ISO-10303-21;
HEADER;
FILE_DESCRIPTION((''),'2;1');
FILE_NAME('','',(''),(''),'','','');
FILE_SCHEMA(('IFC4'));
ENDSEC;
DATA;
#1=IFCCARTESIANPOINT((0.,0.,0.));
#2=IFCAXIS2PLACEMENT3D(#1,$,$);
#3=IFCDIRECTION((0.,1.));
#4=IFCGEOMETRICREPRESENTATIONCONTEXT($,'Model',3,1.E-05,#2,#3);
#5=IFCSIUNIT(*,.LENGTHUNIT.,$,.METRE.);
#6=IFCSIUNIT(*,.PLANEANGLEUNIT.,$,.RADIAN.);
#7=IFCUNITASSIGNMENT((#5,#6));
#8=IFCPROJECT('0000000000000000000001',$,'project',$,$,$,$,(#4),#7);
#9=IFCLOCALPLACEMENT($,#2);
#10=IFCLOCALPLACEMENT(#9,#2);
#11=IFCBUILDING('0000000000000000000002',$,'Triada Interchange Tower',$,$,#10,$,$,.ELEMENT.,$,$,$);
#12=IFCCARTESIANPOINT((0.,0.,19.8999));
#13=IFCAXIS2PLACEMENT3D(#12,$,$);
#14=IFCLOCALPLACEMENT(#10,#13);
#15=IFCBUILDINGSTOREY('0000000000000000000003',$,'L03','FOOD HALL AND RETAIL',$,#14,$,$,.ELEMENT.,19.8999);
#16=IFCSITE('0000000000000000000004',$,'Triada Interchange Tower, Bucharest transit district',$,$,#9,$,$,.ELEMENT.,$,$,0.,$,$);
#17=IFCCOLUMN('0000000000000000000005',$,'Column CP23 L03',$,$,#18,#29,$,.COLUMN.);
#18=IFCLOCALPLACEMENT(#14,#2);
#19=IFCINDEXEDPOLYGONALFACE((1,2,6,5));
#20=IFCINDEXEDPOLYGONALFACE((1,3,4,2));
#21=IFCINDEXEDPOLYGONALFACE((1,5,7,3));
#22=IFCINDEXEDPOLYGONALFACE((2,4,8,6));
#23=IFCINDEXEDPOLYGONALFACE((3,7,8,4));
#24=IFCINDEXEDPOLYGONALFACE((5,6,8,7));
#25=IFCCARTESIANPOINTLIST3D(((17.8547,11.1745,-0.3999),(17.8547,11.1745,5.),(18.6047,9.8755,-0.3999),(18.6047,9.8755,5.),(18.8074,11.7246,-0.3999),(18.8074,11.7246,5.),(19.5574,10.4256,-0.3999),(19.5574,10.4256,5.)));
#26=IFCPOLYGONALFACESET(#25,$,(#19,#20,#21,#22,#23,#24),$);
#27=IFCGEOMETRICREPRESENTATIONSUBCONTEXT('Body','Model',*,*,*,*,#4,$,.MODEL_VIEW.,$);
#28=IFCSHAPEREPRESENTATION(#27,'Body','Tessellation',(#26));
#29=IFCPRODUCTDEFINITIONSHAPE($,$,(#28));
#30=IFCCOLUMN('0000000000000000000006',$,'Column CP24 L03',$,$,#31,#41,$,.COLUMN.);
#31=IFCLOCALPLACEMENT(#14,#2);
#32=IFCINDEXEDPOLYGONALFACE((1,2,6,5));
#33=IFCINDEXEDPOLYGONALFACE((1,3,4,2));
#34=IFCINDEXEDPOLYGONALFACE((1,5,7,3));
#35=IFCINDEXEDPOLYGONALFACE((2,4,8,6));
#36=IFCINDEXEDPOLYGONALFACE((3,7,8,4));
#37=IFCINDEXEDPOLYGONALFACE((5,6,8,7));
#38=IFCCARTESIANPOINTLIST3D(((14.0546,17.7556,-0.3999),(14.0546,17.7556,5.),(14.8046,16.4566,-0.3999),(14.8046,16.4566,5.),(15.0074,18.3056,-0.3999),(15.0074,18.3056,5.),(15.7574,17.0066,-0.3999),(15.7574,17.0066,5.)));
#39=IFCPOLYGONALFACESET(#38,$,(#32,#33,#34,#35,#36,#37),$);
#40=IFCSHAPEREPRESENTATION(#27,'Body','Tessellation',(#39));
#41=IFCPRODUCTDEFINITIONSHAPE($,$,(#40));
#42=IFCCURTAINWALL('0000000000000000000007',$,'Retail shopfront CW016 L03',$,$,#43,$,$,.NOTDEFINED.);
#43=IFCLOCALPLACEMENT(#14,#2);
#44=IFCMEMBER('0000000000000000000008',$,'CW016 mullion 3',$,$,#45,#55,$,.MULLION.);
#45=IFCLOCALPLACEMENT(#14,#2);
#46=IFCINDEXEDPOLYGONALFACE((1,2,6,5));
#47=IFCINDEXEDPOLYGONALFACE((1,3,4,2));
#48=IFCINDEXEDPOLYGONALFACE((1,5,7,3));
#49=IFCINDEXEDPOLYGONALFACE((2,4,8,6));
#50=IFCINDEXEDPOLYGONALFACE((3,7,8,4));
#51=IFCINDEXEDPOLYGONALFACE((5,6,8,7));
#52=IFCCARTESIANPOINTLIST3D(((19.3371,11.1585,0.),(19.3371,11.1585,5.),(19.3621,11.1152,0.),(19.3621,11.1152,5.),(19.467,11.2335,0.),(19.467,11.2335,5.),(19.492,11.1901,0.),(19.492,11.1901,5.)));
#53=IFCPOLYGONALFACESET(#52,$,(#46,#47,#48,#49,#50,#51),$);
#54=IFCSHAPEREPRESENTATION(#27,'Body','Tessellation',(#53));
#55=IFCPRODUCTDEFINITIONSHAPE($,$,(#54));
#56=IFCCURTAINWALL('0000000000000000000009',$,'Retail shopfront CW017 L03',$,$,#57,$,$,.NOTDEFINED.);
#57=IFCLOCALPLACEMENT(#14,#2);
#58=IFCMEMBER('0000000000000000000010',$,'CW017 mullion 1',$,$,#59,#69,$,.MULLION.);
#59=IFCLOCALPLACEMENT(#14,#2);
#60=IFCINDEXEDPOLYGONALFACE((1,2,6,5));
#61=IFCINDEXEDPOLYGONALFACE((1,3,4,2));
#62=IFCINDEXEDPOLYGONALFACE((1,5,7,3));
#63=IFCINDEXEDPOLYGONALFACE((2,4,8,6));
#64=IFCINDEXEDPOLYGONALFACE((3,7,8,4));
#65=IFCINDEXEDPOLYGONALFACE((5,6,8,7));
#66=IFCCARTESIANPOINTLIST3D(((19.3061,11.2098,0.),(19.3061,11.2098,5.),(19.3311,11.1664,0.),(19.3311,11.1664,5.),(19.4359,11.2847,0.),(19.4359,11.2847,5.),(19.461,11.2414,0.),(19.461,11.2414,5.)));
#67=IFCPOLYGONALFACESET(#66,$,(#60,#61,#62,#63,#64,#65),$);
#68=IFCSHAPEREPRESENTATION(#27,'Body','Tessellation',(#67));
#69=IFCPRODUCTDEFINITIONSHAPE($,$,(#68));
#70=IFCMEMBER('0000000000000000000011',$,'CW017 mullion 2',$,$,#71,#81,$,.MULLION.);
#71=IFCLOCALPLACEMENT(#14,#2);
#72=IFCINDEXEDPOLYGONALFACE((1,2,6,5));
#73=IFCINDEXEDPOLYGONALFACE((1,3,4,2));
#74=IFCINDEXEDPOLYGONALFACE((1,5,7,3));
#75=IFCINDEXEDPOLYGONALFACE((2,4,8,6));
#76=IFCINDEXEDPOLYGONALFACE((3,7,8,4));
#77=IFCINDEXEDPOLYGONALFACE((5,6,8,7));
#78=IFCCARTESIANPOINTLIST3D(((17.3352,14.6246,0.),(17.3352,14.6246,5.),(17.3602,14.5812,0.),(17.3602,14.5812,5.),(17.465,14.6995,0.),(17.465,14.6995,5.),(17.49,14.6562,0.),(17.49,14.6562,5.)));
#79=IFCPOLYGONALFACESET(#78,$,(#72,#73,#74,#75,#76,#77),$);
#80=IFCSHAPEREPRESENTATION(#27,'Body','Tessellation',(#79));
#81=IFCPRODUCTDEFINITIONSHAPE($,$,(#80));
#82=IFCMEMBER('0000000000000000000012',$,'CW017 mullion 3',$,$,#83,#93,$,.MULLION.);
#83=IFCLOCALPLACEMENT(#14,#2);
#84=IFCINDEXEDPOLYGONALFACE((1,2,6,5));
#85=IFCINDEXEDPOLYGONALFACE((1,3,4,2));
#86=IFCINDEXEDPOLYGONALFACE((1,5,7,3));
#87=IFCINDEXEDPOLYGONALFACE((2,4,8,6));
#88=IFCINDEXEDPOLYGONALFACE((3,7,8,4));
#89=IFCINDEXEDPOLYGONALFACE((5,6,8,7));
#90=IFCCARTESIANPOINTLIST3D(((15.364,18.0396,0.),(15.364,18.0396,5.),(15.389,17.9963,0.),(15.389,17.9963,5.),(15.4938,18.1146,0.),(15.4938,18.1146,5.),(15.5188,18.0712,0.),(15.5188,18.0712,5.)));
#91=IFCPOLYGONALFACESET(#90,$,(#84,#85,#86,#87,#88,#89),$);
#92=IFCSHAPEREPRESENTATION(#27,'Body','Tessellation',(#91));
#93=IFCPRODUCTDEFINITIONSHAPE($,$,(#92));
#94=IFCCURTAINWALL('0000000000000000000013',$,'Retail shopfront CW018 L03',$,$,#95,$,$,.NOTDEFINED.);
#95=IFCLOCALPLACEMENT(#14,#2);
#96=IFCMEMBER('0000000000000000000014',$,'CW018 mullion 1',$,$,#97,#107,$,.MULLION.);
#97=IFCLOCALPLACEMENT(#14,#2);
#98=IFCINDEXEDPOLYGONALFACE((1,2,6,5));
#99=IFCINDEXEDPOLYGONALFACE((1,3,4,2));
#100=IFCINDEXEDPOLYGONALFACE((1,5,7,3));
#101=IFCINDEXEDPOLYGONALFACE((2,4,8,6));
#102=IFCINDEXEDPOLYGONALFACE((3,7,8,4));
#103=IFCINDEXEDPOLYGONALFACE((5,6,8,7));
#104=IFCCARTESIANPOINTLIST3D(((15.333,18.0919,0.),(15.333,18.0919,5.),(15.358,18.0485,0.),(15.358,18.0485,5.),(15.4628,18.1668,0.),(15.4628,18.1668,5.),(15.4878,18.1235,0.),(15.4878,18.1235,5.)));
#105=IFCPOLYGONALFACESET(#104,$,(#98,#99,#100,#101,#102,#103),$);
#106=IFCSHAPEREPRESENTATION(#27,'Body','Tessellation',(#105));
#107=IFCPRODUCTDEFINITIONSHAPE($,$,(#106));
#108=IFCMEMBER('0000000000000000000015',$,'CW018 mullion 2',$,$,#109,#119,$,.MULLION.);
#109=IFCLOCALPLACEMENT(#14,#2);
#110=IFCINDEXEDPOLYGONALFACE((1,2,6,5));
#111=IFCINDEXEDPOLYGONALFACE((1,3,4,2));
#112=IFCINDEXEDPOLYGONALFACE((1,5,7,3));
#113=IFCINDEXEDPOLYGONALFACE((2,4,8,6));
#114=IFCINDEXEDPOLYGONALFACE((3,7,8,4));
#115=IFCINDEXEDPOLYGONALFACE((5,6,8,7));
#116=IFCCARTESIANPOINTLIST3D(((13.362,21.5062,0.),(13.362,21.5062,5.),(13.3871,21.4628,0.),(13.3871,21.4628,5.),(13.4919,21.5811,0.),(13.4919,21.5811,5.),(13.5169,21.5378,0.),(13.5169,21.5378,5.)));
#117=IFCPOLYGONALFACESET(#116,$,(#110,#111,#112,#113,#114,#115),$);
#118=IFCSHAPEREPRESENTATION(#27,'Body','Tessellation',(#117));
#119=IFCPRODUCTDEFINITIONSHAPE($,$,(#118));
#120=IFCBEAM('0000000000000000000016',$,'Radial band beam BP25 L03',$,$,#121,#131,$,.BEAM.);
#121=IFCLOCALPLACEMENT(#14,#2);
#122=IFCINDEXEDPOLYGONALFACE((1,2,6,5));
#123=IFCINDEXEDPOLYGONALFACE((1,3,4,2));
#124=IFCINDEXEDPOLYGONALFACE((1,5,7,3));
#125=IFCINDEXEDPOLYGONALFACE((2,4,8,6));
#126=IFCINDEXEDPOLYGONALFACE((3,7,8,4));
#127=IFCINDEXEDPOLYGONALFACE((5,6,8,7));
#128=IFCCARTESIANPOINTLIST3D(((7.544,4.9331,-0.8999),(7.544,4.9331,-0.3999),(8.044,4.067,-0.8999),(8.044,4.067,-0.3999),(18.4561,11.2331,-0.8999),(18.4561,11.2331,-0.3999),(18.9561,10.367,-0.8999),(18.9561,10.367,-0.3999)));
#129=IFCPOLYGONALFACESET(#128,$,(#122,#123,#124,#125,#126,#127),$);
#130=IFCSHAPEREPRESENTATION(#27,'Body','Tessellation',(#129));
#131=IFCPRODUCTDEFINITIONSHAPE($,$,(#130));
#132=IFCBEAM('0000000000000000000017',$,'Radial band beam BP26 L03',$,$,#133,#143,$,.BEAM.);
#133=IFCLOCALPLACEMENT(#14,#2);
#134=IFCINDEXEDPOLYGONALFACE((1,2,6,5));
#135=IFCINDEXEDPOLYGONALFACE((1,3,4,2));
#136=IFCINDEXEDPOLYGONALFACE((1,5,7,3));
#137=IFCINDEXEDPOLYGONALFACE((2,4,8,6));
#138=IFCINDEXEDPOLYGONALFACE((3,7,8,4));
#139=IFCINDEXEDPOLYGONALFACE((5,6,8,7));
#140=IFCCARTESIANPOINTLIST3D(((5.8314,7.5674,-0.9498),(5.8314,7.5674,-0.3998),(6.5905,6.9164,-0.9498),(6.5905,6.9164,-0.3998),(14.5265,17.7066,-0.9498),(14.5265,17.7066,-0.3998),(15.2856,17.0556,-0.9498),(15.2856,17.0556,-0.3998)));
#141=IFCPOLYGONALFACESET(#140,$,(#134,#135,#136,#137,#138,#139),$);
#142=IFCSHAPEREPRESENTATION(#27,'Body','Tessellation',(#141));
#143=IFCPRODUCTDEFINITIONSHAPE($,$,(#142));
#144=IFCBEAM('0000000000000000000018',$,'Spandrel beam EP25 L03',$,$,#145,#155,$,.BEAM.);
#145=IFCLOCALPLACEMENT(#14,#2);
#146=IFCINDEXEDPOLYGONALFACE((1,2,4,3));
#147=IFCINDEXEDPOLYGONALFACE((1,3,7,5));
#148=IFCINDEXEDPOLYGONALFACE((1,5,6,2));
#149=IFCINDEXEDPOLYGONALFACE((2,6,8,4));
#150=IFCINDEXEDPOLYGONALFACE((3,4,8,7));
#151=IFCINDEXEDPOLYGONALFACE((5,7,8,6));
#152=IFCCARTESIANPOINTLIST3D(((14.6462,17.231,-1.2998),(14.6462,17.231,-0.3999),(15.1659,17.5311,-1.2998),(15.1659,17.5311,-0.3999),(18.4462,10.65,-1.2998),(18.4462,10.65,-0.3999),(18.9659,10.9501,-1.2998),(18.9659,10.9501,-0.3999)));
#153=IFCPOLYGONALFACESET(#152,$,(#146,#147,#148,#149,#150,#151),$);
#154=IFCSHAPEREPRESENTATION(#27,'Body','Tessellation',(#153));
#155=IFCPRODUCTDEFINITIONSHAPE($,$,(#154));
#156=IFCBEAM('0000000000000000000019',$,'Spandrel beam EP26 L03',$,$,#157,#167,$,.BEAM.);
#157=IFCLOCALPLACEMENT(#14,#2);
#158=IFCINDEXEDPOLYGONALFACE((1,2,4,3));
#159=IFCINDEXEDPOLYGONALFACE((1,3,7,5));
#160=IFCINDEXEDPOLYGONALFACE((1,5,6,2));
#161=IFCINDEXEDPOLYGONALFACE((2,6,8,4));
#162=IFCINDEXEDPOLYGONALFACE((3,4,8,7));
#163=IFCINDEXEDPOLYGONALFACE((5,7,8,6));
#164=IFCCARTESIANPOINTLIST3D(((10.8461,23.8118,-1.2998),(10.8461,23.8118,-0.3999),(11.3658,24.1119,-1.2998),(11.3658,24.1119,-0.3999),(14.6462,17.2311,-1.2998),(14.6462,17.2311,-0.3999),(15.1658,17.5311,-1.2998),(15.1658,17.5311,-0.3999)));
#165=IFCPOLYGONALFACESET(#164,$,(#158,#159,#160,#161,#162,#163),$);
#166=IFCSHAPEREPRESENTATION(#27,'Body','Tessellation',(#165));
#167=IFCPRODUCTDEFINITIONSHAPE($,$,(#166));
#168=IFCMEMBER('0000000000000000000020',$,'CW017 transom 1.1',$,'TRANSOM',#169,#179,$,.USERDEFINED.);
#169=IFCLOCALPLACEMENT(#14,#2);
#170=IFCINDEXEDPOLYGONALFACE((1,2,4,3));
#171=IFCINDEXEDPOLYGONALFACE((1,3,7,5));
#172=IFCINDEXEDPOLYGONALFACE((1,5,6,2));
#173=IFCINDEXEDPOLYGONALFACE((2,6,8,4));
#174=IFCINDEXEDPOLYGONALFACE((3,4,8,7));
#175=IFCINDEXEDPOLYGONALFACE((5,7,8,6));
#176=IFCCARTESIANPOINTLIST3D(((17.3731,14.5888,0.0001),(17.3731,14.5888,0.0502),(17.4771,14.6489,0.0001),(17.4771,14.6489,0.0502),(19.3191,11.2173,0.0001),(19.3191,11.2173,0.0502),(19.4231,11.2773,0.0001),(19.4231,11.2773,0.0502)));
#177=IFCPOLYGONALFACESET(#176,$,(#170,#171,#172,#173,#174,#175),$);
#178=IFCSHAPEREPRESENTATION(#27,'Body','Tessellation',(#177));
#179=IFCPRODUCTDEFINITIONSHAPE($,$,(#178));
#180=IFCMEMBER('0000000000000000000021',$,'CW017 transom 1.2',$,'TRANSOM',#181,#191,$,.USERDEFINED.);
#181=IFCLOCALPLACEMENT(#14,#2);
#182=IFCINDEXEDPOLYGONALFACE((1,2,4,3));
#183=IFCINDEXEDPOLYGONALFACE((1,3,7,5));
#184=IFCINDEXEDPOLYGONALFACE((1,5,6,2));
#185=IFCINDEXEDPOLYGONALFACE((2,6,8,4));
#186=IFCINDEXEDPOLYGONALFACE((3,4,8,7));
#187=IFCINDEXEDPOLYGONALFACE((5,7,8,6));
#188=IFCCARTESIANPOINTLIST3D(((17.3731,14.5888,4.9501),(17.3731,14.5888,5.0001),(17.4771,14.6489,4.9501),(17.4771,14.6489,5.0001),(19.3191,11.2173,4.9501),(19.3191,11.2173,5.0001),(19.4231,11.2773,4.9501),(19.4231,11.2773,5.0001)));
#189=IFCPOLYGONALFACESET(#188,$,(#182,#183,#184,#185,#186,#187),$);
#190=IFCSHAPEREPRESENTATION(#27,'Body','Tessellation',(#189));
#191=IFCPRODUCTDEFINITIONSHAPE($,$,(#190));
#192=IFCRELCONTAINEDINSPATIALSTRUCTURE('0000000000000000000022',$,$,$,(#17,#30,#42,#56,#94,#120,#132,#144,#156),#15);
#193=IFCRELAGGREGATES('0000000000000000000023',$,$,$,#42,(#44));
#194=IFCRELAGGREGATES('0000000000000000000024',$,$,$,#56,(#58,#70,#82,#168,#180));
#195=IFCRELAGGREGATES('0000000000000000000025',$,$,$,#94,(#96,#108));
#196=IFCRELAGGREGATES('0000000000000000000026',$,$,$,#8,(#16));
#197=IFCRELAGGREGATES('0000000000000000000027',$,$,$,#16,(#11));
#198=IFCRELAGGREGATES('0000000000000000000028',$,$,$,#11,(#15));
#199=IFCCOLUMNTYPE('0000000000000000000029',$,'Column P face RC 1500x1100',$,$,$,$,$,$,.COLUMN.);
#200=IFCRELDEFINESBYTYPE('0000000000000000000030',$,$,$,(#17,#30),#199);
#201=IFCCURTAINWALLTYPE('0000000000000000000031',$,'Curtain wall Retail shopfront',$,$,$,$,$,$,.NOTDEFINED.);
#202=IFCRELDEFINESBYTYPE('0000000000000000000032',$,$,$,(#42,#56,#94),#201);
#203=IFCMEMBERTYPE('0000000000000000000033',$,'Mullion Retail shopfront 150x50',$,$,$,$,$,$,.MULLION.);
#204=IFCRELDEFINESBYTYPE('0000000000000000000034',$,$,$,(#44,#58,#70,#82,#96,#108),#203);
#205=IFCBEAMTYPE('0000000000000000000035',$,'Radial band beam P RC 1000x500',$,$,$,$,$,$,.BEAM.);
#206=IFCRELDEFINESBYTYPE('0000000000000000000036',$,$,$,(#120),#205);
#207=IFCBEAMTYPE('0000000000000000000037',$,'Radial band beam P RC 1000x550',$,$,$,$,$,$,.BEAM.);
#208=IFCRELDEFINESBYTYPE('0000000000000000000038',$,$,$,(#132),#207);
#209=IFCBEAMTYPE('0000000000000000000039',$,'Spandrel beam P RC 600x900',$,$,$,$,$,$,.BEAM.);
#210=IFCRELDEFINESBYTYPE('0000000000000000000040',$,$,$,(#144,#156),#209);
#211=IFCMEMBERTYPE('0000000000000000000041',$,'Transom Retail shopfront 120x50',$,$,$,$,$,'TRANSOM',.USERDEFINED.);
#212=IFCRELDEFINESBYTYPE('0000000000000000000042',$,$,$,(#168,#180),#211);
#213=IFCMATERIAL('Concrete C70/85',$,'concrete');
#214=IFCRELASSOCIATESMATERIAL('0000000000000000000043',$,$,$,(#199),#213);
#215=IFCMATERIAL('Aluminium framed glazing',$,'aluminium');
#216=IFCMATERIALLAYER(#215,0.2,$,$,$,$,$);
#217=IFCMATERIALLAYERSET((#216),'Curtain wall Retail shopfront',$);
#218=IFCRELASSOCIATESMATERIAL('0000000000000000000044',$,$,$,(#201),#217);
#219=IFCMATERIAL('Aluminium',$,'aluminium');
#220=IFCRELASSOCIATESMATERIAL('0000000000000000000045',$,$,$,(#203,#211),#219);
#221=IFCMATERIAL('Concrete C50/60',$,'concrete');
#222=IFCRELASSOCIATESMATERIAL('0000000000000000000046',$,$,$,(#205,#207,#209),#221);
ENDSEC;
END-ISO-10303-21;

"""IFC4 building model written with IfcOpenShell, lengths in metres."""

from ifc_helpers import new_model, si_unit, direction, frame, origin, origin_2d, place, context, subcontext, project, spatial, rectangle, extrude, material, layer, layer_set, material_profile, profile_set, type_object, element, aggregate, save


model = new_model("IFC4")

# Units and contexts
model_context = context("Model", 3, precision=1e-05, world=origin(), true_north=direction((0.0, 1.0)))
body_context = subcontext(model_context, "Body", "Model", "MODEL_VIEW")
ifc_project = project(units=[si_unit("LENGTHUNIT", "METRE"), si_unit("PLANEANGLEUNIT", "RADIAN")], contexts=[model_context])

# Site, building, storey
site_placement = place(None, origin())
site = spatial("IfcSite", under=ifc_project, at=site_placement, Name="Triada Interchange Tower, Bucharest transit district", CompositionType="ELEMENT", RefElevation=0.0)
building_placement = place(site_placement, origin())
building = spatial("IfcBuilding", under=site, at=building_placement, Name="Triada Interchange Tower", CompositionType="ELEMENT")
storey_placement = place(building_placement, frame((0.0, 0.0, 19.8999)))
storey = spatial("IfcBuildingStorey", under=building, at=storey_placement, Name="L03", Description="FOOD HALL AND RETAIL", CompositionType="ELEMENT", Elevation=19.8999)

# Columns
ifc_material_1 = material(Name="Concrete C70/85", Category="concrete")
ifc_material_profile_1 = material_profile(ifc_material_1, rectangle(XDim=1.5, YDim=1.1001, at=origin_2d()), Name="RC 1500x1100")
ifc_profile_set_1 = profile_set([ifc_material_profile_1], Name="Concrete C70/85")
column_type = type_object("IfcColumnType", Name="Column P face RC 1500x1100", PredefinedType="COLUMN", material=ifc_profile_set_1)
for number, where, z_axis, x_axis, name in (
    (1, (18.7061, 10.8, -0.3999), (0.0, 0.0, 1.0), (-0.5, 0.866025, 0.0), "Column CP23 L03"),
    (2, (14.906, 17.3811, -0.3999), (0.0, 0.0, 1.0), (-0.5, 0.866025, 0.0), "Column CP24 L03"),
):
    element("IfcColumn", number, at=place(storey_placement, frame(where, z_axis=z_axis, x_axis=x_axis)), inside=storey, type_object=column_type, Name=name, PredefinedType="COLUMN", context=body_context, shape_type="SweptSolid", body=[
        extrude(rectangle(XDim=1.5, YDim=1.1001, at=origin_2d()), origin(), (0.0, 0.0, 1.0), 5.3999),
    ])

# Curtain wall, member
ifc_material_2 = material(Name="Aluminium framed glazing", Category="aluminium")
ifc_layer_1 = layer(ifc_material_2, 0.2)
ifc_layer_set_1 = layer_set([ifc_layer_1], Name="Curtain wall Retail shopfront")
curtain_wall_type = type_object("IfcCurtainWallType", Name="Curtain wall Retail shopfront", PredefinedType="NOTDEFINED", material=ifc_layer_set_1)
curtain_wall_1_placement = place(storey_placement, origin())
curtain_wall_1 = element("IfcCurtainWall", 3, at=curtain_wall_1_placement, inside=storey, type_object=curtain_wall_type, Name="Retail shopfront CW016 L03", PredefinedType="NOTDEFINED")
ifc_material_3 = material(Name="Aluminium", Category="aluminium")
ifc_material_profile_2 = material_profile(ifc_material_3, rectangle(XDim=0.1499, YDim=0.05, at=origin_2d()), Name="Aluminium mullion")
ifc_profile_set_2 = profile_set([ifc_material_profile_2], Name="Aluminium")
member_type_1 = type_object("IfcMemberType", Name="Mullion Retail shopfront 150x50", PredefinedType="MULLION", material=ifc_profile_set_2)
member_1_placement = place(storey_placement, frame((19.4146, 11.1743, 0.0), z_axis=(0.0, 0.0, 1.0), x_axis=(-0.866087, -0.499893, 0.0)))
member_1 = element("IfcMember", 4, at=member_1_placement, type_object=member_type_1, Name="CW016 mullion 3", PredefinedType="MULLION", context=body_context, shape_type="SweptSolid", body=[
    extrude(rectangle(XDim=0.1499, YDim=0.05, at=origin_2d()), origin(), (0.0, 0.0, 1.0), 5.0),
])
aggregate(curtain_wall_1, [member_1])

# Curtain walls, members
curtain_wall_2_placement = place(storey_placement, origin())
curtain_wall_2 = element("IfcCurtainWall", 5, at=curtain_wall_2_placement, inside=storey, type_object=curtain_wall_type, Name="Retail shopfront CW017 L03", PredefinedType="NOTDEFINED")
member_2_placement = place(storey_placement, frame((19.3835, 11.2256, 0.0), z_axis=(0.0, 0.0, 1.0), x_axis=(-0.866087, -0.499893, 0.0)))
member_2 = element("IfcMember", 6, at=member_2_placement, type_object=member_type_1, Name="CW017 mullion 1", PredefinedType="MULLION", context=body_context, shape_type="SweptSolid", body=[
    extrude(rectangle(XDim=0.1499, YDim=0.05, at=origin_2d()), origin(), (0.0, 0.0, 1.0), 5.0),
])
member_3_placement = place(storey_placement, frame((17.4126, 14.6404, 0.0), z_axis=(0.0, 0.0, 1.0), x_axis=(-0.866087, -0.499893, 0.0)))
member_3 = element("IfcMember", 7, at=member_3_placement, type_object=member_type_1, Name="CW017 mullion 2", PredefinedType="MULLION", context=body_context, shape_type="SweptSolid", body=[
    extrude(rectangle(XDim=0.1499, YDim=0.05, at=origin_2d()), origin(), (0.0, 0.0, 1.0), 5.0),
])
member_4_placement = place(storey_placement, frame((15.4414, 18.0554, 0.0), z_axis=(0.0, 0.0, 1.0), x_axis=(-0.866087, -0.499893, 0.0)))
member_4 = element("IfcMember", 8, at=member_4_placement, type_object=member_type_1, Name="CW017 mullion 3", PredefinedType="MULLION", context=body_context, shape_type="SweptSolid", body=[
    extrude(rectangle(XDim=0.1499, YDim=0.05, at=origin_2d()), origin(), (0.0, 0.0, 1.0), 5.0),
])
curtain_wall_3_placement = place(storey_placement, origin())
curtain_wall_3 = element("IfcCurtainWall", 9, at=curtain_wall_3_placement, inside=storey, type_object=curtain_wall_type, Name="Retail shopfront CW018 L03", PredefinedType="NOTDEFINED")
member_5_placement = place(storey_placement, frame((15.4104, 18.1077, 0.0), z_axis=(0.0, 0.0, 1.0), x_axis=(-0.866055, -0.499948, 0.0)))
member_5 = element("IfcMember", 10, at=member_5_placement, type_object=member_type_1, Name="CW018 mullion 1", PredefinedType="MULLION", context=body_context, shape_type="SweptSolid", body=[
    extrude(rectangle(XDim=0.1499, YDim=0.05, at=origin_2d()), origin(), (0.0, 0.0, 1.0), 5.0),
])
member_6_placement = place(storey_placement, frame((13.4395, 21.522, 0.0), z_axis=(0.0, 0.0, 1.0), x_axis=(-0.866055, -0.499948, 0.0)))
member_6 = element("IfcMember", 11, at=member_6_placement, type_object=member_type_1, Name="CW018 mullion 2", PredefinedType="MULLION", context=body_context, shape_type="SweptSolid", body=[
    extrude(rectangle(XDim=0.1499, YDim=0.05, at=origin_2d()), origin(), (0.0, 0.0, 1.0), 5.0),
])

# Beams
ifc_material_4 = material(Name="Concrete C50/60", Category="concrete")
ifc_material_profile_3 = material_profile(ifc_material_4, rectangle(XDim=1.0, YDim=0.5, at=origin_2d()), Name="RC 1000x500")
ifc_profile_set_3 = profile_set([ifc_material_profile_3], Name="Concrete C50/60")
beam_type_1 = type_object("IfcBeamType", Name="Radial band beam P RC 1000x500", PredefinedType="BEAM", material=ifc_profile_set_3)
beam_1_placement = place(storey_placement, frame((18.7061, 10.8, -0.6499), z_axis=(-0.866027, -0.499996, 0.0), x_axis=(0.499996, -0.866027, 0.0)))
element("IfcBeam", 12, at=beam_1_placement, inside=storey, type_object=beam_type_1, Name="Radial band beam BP25 L03", PredefinedType="BEAM", context=body_context, shape_type="SweptSolid", body=[
    extrude(rectangle(XDim=1.0, YDim=0.5, at=origin_2d()), origin(), (0.0, 0.0, 1.0), 12.6001),
])
ifc_material_profile_4 = material_profile(ifc_material_4, rectangle(XDim=1.0, YDim=0.55, at=origin_2d()), Name="RC 1000x550")
ifc_profile_set_4 = profile_set([ifc_material_profile_4], Name="Concrete C50/60")
beam_type_2 = type_object("IfcBeamType", Name="Radial band beam P RC 1000x550", PredefinedType="BEAM", material=ifc_profile_set_4)
beam_2_placement = place(storey_placement, frame((14.906, 17.3811, -0.6748), z_axis=(-0.65098, -0.759095, 0.0), x_axis=(0.759095, -0.65098, 0.0)))
element("IfcBeam", 13, at=beam_2_placement, inside=storey, type_object=beam_type_2, Name="Radial band beam BP26 L03", PredefinedType="BEAM", context=body_context, shape_type="SweptSolid", body=[
    extrude(rectangle(XDim=1.0, YDim=0.55, at=origin_2d()), origin(), (0.0, 0.0, 1.0), 13.3569),
])
ifc_material_profile_5 = material_profile(ifc_material_4, rectangle(XDim=0.6001, YDim=0.8999, at=origin_2d()), Name="RC 600x900")
ifc_profile_set_5 = profile_set([ifc_material_profile_5], Name="Concrete C50/60")
beam_type_3 = type_object("IfcBeamType", Name="Spandrel beam P RC 600x900", PredefinedType="BEAM", material=ifc_profile_set_5)
beam_3_placement = place(storey_placement, frame((18.7061, 10.8, -0.8499), z_axis=(-0.500047, 0.865998, 0.0), x_axis=(-0.865998, -0.500047, 0.0)))
element("IfcBeam", 14, at=beam_3_placement, inside=storey, type_object=beam_type_3, Name="Spandrel beam EP25 L03", PredefinedType="BEAM", context=body_context, shape_type="SweptSolid", body=[
    extrude(rectangle(XDim=0.6001, YDim=0.8999, at=origin_2d()), origin(), (0.0, 0.0, 1.0), 7.5994),
])
beam_4_placement = place(storey_placement, frame((14.906, 17.3811, -0.8499), z_axis=(-0.500061, 0.86599, 0.0), x_axis=(-0.86599, -0.500061, 0.0)))
element("IfcBeam", 15, at=beam_4_placement, inside=storey, type_object=beam_type_3, Name="Spandrel beam EP26 L03", PredefinedType="BEAM", context=body_context, shape_type="SweptSolid", body=[
    extrude(rectangle(XDim=0.6001, YDim=0.8999, at=origin_2d()), origin(), (0.0, 0.0, 1.0), 7.5991),
])

# Members
ifc_material_profile_6 = material_profile(ifc_material_3, rectangle(XDim=0.1201, YDim=0.05, at=origin_2d()), Name="Aluminium transom")
ifc_profile_set_6 = profile_set([ifc_material_profile_6], Name="Aluminium")
member_type_2 = type_object("IfcMemberType", Name="Transom Retail shopfront 120x50", ElementType="TRANSOM", PredefinedType="USERDEFINED", material=ifc_profile_set_6)
member_7_placement = place(storey_placement, frame((19.3711, 11.2473, 0.0251), z_axis=(-0.499896, 0.866085, 0.0), x_axis=(-0.866085, -0.499896, 0.0)))
member_7 = element("IfcMember", 16, at=member_7_placement, type_object=member_type_2, Name="CW017 transom 1.1", ObjectType="TRANSOM", PredefinedType="USERDEFINED", context=body_context, shape_type="SweptSolid", body=[
    extrude(rectangle(XDim=0.1201, YDim=0.05, at=origin_2d()), origin(), (0.0, 0.0, 1.0), 3.8928),
])
member_8_placement = place(storey_placement, frame((19.3711, 11.2473, 4.9751), z_axis=(-0.499896, 0.866085, 0.0), x_axis=(-0.866085, -0.499896, 0.0)))
member_8 = element("IfcMember", 17, at=member_8_placement, type_object=member_type_2, Name="CW017 transom 1.2", ObjectType="TRANSOM", PredefinedType="USERDEFINED", context=body_context, shape_type="SweptSolid", body=[
    extrude(rectangle(XDim=0.1201, YDim=0.05, at=origin_2d()), origin(), (0.0, 0.0, 1.0), 3.8928),
])

aggregate(curtain_wall_2, [member_2, member_3, member_4, member_7, member_8])
aggregate(curtain_wall_3, [member_5, member_6])

save(model, "model.ifc")
